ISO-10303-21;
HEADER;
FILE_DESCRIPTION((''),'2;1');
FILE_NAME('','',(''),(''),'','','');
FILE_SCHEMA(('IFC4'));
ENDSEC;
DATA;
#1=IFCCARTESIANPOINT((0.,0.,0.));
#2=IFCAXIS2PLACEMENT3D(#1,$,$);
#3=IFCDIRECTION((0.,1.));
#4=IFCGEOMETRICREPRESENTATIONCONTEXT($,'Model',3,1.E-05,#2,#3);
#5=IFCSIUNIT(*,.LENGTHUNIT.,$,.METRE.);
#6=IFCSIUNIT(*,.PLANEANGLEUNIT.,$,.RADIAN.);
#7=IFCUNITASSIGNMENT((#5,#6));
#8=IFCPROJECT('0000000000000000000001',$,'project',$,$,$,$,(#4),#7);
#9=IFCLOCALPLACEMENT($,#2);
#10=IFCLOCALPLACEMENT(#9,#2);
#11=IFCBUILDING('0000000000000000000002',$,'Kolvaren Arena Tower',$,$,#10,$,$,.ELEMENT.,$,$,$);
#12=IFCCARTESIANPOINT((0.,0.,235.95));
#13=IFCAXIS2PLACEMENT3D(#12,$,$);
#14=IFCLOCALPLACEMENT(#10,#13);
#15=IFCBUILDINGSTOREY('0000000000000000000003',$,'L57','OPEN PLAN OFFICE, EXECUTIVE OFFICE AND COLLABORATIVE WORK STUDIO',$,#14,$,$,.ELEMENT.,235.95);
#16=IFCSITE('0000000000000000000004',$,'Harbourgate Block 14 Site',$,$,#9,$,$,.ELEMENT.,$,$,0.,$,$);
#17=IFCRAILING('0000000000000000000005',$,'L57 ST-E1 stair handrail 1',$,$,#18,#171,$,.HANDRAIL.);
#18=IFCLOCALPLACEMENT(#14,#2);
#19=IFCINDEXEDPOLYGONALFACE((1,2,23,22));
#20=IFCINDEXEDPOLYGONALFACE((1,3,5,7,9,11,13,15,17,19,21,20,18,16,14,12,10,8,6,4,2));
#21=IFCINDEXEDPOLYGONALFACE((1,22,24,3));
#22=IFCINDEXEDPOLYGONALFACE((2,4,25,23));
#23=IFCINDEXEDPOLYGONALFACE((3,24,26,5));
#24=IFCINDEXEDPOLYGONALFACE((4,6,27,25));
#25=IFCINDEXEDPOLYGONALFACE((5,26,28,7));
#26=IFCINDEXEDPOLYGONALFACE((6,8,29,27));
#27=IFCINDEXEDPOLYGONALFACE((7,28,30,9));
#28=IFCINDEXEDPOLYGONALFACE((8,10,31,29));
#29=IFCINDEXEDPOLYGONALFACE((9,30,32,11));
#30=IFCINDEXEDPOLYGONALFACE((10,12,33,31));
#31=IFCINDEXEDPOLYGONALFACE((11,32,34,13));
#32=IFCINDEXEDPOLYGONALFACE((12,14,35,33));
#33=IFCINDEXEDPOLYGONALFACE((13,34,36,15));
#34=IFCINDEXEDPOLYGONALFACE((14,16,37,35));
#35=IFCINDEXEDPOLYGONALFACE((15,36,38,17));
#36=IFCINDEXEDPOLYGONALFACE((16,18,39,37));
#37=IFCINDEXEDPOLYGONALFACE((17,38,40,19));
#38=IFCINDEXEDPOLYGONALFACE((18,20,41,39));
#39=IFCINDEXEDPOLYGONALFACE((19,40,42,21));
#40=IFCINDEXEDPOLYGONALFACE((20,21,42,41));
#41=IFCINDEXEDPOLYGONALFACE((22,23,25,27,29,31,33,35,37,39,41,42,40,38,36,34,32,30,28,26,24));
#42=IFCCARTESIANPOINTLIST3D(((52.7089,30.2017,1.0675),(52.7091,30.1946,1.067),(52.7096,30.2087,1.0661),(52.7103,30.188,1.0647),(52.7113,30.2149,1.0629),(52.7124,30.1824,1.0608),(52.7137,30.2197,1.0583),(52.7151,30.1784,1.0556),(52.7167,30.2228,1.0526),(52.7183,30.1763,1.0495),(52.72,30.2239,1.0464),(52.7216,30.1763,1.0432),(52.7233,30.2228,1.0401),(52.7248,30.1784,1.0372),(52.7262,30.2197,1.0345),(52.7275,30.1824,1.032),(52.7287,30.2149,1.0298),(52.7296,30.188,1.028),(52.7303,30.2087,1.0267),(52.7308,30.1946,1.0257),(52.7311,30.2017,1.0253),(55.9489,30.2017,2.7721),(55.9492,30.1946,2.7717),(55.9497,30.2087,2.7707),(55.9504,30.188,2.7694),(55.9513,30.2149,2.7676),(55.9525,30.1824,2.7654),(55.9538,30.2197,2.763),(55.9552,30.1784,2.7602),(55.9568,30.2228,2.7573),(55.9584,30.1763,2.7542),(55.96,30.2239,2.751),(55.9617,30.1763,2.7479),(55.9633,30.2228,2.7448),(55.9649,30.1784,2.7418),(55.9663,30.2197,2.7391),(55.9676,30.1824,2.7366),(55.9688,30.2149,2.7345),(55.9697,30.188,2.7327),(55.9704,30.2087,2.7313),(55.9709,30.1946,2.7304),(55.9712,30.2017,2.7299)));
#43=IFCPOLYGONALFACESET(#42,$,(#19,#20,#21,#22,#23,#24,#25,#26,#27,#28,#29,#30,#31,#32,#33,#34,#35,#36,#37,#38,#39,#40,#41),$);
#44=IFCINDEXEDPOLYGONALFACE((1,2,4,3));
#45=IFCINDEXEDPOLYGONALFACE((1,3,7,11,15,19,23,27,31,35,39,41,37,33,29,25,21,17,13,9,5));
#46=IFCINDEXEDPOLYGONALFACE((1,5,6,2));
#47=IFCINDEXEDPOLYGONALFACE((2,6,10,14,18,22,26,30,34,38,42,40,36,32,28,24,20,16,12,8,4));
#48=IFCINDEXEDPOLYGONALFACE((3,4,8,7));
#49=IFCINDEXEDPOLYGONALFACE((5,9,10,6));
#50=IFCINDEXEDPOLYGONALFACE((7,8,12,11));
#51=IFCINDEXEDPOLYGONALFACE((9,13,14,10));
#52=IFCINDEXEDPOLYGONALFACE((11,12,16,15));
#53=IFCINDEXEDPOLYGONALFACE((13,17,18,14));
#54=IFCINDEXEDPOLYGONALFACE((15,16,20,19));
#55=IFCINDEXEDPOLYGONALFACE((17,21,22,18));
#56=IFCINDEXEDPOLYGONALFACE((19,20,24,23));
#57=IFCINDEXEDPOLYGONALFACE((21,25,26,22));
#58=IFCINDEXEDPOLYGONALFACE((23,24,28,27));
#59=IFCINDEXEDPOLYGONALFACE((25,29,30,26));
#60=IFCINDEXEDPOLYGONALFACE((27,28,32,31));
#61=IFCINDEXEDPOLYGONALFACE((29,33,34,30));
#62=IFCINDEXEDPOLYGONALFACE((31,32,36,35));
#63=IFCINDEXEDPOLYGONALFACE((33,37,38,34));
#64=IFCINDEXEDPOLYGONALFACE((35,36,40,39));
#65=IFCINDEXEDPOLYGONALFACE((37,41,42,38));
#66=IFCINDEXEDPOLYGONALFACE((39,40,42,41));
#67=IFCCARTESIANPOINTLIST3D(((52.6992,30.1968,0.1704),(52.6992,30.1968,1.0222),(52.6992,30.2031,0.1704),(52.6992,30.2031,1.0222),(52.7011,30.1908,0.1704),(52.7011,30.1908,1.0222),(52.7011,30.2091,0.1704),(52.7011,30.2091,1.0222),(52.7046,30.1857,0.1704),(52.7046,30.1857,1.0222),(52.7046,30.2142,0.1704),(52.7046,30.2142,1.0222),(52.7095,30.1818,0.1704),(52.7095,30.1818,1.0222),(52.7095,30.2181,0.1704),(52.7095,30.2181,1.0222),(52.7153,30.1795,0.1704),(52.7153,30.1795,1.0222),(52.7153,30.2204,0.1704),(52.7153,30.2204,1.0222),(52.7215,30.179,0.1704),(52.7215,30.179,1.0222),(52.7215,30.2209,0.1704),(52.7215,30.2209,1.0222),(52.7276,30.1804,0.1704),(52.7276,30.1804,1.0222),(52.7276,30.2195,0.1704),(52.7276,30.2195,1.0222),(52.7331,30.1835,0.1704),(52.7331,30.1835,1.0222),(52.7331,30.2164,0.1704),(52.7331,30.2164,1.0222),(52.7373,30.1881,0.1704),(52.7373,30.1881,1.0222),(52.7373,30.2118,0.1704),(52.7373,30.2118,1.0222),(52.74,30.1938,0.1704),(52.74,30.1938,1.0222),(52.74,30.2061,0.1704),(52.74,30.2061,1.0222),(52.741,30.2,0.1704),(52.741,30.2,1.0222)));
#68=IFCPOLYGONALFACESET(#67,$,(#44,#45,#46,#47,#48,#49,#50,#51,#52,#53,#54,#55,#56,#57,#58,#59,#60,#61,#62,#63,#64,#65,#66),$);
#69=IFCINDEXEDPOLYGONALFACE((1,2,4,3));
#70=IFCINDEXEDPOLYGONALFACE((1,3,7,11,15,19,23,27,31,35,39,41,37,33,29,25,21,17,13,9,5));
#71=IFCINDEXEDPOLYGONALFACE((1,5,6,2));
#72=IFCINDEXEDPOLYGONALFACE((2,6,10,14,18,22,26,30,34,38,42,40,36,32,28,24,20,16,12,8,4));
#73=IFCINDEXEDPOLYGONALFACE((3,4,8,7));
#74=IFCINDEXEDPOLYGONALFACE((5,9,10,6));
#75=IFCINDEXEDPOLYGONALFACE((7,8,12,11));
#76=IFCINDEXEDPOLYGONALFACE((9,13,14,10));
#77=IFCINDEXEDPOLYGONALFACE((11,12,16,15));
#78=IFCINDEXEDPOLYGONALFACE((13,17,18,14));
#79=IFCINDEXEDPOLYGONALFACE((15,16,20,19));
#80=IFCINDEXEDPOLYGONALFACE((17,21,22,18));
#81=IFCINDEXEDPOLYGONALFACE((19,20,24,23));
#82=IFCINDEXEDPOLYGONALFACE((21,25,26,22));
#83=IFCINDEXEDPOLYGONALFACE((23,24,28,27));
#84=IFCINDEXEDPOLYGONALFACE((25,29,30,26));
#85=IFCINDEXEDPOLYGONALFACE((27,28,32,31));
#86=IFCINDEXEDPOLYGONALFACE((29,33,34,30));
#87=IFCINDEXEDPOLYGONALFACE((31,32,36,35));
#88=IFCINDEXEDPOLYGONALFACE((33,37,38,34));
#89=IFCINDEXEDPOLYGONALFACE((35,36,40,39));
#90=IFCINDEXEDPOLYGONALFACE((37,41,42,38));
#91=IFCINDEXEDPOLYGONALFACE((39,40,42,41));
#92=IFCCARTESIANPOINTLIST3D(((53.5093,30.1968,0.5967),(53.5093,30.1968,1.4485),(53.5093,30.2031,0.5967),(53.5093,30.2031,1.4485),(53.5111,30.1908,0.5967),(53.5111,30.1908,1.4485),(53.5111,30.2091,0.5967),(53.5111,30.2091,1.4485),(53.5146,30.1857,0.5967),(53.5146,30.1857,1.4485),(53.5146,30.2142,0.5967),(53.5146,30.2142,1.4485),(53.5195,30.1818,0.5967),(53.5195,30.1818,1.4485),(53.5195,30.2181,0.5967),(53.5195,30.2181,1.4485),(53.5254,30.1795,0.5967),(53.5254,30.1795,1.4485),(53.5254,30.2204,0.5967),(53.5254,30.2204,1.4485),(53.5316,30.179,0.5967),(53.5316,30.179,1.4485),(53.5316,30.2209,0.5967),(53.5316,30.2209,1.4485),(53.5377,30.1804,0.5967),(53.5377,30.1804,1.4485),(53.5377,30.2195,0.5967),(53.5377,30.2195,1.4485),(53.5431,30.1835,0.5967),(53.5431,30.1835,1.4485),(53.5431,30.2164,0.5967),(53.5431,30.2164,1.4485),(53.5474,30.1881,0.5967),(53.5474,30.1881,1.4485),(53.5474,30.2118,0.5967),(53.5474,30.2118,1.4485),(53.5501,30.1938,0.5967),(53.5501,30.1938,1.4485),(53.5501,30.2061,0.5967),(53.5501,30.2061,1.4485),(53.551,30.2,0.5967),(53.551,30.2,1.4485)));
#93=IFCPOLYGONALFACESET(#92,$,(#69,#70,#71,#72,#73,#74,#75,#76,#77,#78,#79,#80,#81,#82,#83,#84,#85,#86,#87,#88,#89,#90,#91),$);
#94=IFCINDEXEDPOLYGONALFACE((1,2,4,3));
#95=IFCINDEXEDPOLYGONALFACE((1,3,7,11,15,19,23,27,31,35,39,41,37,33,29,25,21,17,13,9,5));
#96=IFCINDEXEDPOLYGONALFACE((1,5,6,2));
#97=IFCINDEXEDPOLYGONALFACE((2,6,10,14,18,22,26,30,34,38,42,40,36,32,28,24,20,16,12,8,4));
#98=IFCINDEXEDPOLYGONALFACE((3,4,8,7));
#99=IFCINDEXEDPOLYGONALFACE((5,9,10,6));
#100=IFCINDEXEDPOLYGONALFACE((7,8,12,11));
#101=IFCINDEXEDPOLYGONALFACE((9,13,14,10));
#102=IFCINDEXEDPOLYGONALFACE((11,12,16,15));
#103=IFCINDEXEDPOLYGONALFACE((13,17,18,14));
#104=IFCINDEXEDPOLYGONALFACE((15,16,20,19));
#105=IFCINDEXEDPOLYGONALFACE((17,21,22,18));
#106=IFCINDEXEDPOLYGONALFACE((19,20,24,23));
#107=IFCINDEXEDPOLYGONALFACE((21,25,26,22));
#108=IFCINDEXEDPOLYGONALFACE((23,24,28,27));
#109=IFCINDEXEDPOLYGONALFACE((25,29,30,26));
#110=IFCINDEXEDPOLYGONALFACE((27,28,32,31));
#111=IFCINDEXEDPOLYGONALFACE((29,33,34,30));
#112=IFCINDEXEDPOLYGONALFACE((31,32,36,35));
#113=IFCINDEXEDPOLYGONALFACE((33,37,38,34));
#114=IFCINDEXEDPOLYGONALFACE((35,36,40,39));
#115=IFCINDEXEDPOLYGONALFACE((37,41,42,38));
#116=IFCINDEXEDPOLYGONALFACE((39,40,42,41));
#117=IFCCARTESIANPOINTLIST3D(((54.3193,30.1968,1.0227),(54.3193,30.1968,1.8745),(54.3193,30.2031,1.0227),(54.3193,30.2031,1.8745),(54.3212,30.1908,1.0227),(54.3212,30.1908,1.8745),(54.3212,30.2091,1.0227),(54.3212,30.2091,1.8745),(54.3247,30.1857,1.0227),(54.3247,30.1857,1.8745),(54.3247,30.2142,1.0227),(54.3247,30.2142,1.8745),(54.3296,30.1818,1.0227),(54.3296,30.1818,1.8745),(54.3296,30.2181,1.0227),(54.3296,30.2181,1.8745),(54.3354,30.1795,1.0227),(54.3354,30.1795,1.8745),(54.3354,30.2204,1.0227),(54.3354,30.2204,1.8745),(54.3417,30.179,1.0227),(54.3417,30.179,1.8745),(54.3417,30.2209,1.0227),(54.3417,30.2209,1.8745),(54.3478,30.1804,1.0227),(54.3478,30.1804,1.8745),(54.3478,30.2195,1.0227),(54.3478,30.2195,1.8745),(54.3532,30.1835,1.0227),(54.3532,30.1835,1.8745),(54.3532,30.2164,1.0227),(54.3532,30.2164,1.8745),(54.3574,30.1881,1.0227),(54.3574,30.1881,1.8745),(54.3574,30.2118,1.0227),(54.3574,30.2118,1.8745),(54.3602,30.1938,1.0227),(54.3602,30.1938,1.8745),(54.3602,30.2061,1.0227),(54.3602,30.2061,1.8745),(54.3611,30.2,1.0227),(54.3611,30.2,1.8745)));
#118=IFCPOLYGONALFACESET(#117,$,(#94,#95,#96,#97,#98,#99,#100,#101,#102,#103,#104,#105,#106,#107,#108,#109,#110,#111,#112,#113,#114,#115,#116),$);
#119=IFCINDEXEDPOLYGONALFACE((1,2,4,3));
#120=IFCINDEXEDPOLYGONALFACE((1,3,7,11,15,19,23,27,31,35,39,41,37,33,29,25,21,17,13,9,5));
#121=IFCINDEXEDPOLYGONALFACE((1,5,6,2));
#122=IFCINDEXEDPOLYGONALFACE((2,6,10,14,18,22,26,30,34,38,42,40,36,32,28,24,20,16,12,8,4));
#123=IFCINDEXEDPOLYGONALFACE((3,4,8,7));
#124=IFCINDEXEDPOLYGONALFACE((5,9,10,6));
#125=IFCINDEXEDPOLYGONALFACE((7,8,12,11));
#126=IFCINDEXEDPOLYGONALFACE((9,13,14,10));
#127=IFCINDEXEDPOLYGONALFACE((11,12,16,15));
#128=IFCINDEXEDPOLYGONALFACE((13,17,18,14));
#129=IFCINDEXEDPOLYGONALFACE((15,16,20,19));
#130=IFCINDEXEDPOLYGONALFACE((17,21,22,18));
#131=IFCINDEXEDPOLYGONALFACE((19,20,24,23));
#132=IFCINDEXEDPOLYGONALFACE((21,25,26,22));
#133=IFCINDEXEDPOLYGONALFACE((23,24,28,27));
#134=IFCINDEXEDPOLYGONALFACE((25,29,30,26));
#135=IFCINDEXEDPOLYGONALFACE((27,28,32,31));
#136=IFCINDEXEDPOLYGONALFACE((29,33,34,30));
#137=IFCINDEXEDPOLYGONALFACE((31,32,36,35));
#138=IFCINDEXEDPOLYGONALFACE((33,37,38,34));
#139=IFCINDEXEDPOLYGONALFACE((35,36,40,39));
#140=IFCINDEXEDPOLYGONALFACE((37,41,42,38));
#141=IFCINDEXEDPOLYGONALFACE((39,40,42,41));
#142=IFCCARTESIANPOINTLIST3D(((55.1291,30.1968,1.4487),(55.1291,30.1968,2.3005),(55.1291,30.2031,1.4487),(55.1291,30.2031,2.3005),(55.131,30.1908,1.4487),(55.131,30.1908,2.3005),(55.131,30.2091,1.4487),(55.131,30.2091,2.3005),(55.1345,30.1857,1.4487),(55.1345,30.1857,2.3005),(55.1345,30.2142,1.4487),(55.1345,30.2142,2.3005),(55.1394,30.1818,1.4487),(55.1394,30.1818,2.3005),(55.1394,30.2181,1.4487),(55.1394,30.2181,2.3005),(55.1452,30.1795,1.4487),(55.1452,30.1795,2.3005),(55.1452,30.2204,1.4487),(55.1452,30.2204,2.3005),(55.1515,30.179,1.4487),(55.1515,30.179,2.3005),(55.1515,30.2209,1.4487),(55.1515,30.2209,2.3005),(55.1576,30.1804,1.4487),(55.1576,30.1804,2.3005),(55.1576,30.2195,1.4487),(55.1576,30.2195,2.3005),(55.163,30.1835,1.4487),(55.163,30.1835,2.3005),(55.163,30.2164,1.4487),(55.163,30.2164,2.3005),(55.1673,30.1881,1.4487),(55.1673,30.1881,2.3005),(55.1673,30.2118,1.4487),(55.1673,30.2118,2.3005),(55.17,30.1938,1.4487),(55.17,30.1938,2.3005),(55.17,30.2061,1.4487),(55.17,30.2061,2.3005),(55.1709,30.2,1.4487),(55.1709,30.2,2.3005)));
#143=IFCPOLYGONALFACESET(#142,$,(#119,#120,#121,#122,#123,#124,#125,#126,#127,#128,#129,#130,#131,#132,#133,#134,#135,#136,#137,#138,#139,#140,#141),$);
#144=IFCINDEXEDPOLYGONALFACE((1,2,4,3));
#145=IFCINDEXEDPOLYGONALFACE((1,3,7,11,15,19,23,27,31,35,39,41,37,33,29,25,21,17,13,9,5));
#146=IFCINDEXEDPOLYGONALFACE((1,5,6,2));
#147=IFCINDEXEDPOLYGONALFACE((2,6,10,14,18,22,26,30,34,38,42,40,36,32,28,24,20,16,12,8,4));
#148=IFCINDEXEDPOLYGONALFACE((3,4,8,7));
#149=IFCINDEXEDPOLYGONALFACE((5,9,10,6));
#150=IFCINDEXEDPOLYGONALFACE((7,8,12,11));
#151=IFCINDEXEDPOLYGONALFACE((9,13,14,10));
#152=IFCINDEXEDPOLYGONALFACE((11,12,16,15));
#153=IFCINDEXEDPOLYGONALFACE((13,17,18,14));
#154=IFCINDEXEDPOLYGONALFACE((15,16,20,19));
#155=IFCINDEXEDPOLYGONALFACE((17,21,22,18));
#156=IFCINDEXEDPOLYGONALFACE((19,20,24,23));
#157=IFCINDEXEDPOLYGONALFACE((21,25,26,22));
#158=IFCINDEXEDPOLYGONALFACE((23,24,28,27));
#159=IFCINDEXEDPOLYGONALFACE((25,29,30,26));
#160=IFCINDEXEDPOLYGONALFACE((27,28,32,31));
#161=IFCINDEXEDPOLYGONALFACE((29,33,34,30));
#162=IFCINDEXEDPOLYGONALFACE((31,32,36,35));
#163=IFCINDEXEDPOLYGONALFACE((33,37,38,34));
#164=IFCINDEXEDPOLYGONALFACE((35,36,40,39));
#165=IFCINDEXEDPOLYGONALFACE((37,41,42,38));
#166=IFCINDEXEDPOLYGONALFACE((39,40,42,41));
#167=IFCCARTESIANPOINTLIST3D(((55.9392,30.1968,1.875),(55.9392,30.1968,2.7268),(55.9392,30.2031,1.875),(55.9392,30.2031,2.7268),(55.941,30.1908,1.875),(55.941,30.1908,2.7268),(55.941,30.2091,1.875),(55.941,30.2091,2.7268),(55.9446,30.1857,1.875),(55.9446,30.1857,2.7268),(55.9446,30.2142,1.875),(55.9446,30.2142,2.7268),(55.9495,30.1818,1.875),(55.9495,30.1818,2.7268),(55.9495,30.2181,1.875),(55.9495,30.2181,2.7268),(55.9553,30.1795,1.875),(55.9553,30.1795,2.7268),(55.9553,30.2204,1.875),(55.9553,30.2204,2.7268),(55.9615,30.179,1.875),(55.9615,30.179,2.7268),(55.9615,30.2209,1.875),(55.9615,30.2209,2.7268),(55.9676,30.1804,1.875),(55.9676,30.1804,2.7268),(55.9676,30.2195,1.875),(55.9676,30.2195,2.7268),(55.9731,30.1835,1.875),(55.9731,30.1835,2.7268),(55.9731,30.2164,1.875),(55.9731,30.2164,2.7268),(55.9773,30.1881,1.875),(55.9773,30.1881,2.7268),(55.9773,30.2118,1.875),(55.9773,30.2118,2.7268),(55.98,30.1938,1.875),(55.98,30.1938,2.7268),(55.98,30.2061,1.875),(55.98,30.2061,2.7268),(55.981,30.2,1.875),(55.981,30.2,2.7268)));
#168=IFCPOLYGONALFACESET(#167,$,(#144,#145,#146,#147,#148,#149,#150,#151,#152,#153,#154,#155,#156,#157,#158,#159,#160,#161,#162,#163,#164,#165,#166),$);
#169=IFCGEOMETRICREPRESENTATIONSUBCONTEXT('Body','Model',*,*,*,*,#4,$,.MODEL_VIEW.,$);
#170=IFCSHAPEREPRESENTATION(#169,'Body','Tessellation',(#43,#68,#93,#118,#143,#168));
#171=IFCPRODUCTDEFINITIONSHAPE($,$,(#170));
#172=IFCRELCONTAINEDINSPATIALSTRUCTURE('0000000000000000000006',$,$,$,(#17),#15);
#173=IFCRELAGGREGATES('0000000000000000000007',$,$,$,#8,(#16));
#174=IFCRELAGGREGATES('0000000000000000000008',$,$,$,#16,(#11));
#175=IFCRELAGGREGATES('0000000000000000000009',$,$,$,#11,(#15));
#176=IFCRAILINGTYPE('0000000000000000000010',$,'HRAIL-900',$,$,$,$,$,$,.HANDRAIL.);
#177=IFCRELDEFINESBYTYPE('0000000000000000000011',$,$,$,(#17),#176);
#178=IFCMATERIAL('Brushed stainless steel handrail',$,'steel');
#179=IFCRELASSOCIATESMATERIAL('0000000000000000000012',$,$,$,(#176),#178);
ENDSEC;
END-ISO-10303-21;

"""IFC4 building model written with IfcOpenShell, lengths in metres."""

from ifc_helpers import new_model, si_unit, direction, frame, origin, origin_2d, place, context, subcontext, project, spatial, circle, extrude, material, type_object, element, save


model = new_model("IFC4")

# Units and contexts
model_context = context("Model", 3, precision=1e-05, world=origin(), true_north=direction((0.0, 1.0)))
body_context = subcontext(model_context, "Body", "Model", "MODEL_VIEW")
ifc_project = project(units=[si_unit("LENGTHUNIT", "METRE"), si_unit("PLANEANGLEUNIT", "RADIAN")], contexts=[model_context])

# Site, building, storey
site_placement = place(None, origin())
site = spatial("IfcSite", under=ifc_project, at=site_placement, Name="Harbourgate Block 14 Site", CompositionType="ELEMENT", RefElevation=0.0)
building_placement = place(site_placement, origin())
building = spatial("IfcBuilding", under=site, at=building_placement, Name="Kolvaren Arena Tower", CompositionType="ELEMENT")
storey_placement = place(building_placement, frame((0.0, 0.0, 235.95)))
storey = spatial("IfcBuildingStorey", under=building, at=storey_placement, Name="L57", Description="OPEN PLAN OFFICE, EXECUTIVE OFFICE AND COLLABORATIVE WORK STUDIO", CompositionType="ELEMENT", Elevation=235.95)

# Railing
ifc_material_1 = material(Name="Brushed stainless steel handrail", Category="steel")
railing_type_1 = type_object("IfcRailingType", Name="HRAIL-900", PredefinedType="HANDRAIL", material=ifc_material_1)
for number, where, name in (
    (1, (52.72, 30.2, 0.1704), "L57 ST-E1 stair handrail 1"),
):
    element("IfcRailing", number, at=place(storey_placement, frame(where)), inside=storey, type_object=railing_type_1, Name=name, PredefinedType="HANDRAIL", context=body_context, shape_type="SweptSolid", body=[
        extrude(circle(Radius=0.0239, at=origin_2d()), frame((0.0, 0.0, 0.876), z_axis=(0.884993, 0.0, 0.465604), x_axis=(0.0, 1.0, 0.0)), (0.0, 0.0, 1.0), 3.6611),
        extrude(circle(Radius=0.021, at=origin_2d()), origin(), (0.0, 0.0, 1.0), 0.8518),
        extrude(circle(Radius=0.021, at=origin_2d()), frame((0.8101, 0.0, 0.4263)), (0.0, 0.0, 1.0), 0.8518),
        extrude(circle(Radius=0.021, at=origin_2d()), frame((1.6201, 0.0, 0.8523)), (0.0, 0.0, 1.0), 0.8518),
        extrude(circle(Radius=0.021, at=origin_2d()), frame((2.4299, 0.0, 1.2783)), (0.0, 0.0, 1.0), 0.8518),
        extrude(circle(Radius=0.021, at=origin_2d()), frame((3.24, 0.0, 1.7046)), (0.0, 0.0, 1.0), 0.8518),
    ])

save(model, "model.ifc")
